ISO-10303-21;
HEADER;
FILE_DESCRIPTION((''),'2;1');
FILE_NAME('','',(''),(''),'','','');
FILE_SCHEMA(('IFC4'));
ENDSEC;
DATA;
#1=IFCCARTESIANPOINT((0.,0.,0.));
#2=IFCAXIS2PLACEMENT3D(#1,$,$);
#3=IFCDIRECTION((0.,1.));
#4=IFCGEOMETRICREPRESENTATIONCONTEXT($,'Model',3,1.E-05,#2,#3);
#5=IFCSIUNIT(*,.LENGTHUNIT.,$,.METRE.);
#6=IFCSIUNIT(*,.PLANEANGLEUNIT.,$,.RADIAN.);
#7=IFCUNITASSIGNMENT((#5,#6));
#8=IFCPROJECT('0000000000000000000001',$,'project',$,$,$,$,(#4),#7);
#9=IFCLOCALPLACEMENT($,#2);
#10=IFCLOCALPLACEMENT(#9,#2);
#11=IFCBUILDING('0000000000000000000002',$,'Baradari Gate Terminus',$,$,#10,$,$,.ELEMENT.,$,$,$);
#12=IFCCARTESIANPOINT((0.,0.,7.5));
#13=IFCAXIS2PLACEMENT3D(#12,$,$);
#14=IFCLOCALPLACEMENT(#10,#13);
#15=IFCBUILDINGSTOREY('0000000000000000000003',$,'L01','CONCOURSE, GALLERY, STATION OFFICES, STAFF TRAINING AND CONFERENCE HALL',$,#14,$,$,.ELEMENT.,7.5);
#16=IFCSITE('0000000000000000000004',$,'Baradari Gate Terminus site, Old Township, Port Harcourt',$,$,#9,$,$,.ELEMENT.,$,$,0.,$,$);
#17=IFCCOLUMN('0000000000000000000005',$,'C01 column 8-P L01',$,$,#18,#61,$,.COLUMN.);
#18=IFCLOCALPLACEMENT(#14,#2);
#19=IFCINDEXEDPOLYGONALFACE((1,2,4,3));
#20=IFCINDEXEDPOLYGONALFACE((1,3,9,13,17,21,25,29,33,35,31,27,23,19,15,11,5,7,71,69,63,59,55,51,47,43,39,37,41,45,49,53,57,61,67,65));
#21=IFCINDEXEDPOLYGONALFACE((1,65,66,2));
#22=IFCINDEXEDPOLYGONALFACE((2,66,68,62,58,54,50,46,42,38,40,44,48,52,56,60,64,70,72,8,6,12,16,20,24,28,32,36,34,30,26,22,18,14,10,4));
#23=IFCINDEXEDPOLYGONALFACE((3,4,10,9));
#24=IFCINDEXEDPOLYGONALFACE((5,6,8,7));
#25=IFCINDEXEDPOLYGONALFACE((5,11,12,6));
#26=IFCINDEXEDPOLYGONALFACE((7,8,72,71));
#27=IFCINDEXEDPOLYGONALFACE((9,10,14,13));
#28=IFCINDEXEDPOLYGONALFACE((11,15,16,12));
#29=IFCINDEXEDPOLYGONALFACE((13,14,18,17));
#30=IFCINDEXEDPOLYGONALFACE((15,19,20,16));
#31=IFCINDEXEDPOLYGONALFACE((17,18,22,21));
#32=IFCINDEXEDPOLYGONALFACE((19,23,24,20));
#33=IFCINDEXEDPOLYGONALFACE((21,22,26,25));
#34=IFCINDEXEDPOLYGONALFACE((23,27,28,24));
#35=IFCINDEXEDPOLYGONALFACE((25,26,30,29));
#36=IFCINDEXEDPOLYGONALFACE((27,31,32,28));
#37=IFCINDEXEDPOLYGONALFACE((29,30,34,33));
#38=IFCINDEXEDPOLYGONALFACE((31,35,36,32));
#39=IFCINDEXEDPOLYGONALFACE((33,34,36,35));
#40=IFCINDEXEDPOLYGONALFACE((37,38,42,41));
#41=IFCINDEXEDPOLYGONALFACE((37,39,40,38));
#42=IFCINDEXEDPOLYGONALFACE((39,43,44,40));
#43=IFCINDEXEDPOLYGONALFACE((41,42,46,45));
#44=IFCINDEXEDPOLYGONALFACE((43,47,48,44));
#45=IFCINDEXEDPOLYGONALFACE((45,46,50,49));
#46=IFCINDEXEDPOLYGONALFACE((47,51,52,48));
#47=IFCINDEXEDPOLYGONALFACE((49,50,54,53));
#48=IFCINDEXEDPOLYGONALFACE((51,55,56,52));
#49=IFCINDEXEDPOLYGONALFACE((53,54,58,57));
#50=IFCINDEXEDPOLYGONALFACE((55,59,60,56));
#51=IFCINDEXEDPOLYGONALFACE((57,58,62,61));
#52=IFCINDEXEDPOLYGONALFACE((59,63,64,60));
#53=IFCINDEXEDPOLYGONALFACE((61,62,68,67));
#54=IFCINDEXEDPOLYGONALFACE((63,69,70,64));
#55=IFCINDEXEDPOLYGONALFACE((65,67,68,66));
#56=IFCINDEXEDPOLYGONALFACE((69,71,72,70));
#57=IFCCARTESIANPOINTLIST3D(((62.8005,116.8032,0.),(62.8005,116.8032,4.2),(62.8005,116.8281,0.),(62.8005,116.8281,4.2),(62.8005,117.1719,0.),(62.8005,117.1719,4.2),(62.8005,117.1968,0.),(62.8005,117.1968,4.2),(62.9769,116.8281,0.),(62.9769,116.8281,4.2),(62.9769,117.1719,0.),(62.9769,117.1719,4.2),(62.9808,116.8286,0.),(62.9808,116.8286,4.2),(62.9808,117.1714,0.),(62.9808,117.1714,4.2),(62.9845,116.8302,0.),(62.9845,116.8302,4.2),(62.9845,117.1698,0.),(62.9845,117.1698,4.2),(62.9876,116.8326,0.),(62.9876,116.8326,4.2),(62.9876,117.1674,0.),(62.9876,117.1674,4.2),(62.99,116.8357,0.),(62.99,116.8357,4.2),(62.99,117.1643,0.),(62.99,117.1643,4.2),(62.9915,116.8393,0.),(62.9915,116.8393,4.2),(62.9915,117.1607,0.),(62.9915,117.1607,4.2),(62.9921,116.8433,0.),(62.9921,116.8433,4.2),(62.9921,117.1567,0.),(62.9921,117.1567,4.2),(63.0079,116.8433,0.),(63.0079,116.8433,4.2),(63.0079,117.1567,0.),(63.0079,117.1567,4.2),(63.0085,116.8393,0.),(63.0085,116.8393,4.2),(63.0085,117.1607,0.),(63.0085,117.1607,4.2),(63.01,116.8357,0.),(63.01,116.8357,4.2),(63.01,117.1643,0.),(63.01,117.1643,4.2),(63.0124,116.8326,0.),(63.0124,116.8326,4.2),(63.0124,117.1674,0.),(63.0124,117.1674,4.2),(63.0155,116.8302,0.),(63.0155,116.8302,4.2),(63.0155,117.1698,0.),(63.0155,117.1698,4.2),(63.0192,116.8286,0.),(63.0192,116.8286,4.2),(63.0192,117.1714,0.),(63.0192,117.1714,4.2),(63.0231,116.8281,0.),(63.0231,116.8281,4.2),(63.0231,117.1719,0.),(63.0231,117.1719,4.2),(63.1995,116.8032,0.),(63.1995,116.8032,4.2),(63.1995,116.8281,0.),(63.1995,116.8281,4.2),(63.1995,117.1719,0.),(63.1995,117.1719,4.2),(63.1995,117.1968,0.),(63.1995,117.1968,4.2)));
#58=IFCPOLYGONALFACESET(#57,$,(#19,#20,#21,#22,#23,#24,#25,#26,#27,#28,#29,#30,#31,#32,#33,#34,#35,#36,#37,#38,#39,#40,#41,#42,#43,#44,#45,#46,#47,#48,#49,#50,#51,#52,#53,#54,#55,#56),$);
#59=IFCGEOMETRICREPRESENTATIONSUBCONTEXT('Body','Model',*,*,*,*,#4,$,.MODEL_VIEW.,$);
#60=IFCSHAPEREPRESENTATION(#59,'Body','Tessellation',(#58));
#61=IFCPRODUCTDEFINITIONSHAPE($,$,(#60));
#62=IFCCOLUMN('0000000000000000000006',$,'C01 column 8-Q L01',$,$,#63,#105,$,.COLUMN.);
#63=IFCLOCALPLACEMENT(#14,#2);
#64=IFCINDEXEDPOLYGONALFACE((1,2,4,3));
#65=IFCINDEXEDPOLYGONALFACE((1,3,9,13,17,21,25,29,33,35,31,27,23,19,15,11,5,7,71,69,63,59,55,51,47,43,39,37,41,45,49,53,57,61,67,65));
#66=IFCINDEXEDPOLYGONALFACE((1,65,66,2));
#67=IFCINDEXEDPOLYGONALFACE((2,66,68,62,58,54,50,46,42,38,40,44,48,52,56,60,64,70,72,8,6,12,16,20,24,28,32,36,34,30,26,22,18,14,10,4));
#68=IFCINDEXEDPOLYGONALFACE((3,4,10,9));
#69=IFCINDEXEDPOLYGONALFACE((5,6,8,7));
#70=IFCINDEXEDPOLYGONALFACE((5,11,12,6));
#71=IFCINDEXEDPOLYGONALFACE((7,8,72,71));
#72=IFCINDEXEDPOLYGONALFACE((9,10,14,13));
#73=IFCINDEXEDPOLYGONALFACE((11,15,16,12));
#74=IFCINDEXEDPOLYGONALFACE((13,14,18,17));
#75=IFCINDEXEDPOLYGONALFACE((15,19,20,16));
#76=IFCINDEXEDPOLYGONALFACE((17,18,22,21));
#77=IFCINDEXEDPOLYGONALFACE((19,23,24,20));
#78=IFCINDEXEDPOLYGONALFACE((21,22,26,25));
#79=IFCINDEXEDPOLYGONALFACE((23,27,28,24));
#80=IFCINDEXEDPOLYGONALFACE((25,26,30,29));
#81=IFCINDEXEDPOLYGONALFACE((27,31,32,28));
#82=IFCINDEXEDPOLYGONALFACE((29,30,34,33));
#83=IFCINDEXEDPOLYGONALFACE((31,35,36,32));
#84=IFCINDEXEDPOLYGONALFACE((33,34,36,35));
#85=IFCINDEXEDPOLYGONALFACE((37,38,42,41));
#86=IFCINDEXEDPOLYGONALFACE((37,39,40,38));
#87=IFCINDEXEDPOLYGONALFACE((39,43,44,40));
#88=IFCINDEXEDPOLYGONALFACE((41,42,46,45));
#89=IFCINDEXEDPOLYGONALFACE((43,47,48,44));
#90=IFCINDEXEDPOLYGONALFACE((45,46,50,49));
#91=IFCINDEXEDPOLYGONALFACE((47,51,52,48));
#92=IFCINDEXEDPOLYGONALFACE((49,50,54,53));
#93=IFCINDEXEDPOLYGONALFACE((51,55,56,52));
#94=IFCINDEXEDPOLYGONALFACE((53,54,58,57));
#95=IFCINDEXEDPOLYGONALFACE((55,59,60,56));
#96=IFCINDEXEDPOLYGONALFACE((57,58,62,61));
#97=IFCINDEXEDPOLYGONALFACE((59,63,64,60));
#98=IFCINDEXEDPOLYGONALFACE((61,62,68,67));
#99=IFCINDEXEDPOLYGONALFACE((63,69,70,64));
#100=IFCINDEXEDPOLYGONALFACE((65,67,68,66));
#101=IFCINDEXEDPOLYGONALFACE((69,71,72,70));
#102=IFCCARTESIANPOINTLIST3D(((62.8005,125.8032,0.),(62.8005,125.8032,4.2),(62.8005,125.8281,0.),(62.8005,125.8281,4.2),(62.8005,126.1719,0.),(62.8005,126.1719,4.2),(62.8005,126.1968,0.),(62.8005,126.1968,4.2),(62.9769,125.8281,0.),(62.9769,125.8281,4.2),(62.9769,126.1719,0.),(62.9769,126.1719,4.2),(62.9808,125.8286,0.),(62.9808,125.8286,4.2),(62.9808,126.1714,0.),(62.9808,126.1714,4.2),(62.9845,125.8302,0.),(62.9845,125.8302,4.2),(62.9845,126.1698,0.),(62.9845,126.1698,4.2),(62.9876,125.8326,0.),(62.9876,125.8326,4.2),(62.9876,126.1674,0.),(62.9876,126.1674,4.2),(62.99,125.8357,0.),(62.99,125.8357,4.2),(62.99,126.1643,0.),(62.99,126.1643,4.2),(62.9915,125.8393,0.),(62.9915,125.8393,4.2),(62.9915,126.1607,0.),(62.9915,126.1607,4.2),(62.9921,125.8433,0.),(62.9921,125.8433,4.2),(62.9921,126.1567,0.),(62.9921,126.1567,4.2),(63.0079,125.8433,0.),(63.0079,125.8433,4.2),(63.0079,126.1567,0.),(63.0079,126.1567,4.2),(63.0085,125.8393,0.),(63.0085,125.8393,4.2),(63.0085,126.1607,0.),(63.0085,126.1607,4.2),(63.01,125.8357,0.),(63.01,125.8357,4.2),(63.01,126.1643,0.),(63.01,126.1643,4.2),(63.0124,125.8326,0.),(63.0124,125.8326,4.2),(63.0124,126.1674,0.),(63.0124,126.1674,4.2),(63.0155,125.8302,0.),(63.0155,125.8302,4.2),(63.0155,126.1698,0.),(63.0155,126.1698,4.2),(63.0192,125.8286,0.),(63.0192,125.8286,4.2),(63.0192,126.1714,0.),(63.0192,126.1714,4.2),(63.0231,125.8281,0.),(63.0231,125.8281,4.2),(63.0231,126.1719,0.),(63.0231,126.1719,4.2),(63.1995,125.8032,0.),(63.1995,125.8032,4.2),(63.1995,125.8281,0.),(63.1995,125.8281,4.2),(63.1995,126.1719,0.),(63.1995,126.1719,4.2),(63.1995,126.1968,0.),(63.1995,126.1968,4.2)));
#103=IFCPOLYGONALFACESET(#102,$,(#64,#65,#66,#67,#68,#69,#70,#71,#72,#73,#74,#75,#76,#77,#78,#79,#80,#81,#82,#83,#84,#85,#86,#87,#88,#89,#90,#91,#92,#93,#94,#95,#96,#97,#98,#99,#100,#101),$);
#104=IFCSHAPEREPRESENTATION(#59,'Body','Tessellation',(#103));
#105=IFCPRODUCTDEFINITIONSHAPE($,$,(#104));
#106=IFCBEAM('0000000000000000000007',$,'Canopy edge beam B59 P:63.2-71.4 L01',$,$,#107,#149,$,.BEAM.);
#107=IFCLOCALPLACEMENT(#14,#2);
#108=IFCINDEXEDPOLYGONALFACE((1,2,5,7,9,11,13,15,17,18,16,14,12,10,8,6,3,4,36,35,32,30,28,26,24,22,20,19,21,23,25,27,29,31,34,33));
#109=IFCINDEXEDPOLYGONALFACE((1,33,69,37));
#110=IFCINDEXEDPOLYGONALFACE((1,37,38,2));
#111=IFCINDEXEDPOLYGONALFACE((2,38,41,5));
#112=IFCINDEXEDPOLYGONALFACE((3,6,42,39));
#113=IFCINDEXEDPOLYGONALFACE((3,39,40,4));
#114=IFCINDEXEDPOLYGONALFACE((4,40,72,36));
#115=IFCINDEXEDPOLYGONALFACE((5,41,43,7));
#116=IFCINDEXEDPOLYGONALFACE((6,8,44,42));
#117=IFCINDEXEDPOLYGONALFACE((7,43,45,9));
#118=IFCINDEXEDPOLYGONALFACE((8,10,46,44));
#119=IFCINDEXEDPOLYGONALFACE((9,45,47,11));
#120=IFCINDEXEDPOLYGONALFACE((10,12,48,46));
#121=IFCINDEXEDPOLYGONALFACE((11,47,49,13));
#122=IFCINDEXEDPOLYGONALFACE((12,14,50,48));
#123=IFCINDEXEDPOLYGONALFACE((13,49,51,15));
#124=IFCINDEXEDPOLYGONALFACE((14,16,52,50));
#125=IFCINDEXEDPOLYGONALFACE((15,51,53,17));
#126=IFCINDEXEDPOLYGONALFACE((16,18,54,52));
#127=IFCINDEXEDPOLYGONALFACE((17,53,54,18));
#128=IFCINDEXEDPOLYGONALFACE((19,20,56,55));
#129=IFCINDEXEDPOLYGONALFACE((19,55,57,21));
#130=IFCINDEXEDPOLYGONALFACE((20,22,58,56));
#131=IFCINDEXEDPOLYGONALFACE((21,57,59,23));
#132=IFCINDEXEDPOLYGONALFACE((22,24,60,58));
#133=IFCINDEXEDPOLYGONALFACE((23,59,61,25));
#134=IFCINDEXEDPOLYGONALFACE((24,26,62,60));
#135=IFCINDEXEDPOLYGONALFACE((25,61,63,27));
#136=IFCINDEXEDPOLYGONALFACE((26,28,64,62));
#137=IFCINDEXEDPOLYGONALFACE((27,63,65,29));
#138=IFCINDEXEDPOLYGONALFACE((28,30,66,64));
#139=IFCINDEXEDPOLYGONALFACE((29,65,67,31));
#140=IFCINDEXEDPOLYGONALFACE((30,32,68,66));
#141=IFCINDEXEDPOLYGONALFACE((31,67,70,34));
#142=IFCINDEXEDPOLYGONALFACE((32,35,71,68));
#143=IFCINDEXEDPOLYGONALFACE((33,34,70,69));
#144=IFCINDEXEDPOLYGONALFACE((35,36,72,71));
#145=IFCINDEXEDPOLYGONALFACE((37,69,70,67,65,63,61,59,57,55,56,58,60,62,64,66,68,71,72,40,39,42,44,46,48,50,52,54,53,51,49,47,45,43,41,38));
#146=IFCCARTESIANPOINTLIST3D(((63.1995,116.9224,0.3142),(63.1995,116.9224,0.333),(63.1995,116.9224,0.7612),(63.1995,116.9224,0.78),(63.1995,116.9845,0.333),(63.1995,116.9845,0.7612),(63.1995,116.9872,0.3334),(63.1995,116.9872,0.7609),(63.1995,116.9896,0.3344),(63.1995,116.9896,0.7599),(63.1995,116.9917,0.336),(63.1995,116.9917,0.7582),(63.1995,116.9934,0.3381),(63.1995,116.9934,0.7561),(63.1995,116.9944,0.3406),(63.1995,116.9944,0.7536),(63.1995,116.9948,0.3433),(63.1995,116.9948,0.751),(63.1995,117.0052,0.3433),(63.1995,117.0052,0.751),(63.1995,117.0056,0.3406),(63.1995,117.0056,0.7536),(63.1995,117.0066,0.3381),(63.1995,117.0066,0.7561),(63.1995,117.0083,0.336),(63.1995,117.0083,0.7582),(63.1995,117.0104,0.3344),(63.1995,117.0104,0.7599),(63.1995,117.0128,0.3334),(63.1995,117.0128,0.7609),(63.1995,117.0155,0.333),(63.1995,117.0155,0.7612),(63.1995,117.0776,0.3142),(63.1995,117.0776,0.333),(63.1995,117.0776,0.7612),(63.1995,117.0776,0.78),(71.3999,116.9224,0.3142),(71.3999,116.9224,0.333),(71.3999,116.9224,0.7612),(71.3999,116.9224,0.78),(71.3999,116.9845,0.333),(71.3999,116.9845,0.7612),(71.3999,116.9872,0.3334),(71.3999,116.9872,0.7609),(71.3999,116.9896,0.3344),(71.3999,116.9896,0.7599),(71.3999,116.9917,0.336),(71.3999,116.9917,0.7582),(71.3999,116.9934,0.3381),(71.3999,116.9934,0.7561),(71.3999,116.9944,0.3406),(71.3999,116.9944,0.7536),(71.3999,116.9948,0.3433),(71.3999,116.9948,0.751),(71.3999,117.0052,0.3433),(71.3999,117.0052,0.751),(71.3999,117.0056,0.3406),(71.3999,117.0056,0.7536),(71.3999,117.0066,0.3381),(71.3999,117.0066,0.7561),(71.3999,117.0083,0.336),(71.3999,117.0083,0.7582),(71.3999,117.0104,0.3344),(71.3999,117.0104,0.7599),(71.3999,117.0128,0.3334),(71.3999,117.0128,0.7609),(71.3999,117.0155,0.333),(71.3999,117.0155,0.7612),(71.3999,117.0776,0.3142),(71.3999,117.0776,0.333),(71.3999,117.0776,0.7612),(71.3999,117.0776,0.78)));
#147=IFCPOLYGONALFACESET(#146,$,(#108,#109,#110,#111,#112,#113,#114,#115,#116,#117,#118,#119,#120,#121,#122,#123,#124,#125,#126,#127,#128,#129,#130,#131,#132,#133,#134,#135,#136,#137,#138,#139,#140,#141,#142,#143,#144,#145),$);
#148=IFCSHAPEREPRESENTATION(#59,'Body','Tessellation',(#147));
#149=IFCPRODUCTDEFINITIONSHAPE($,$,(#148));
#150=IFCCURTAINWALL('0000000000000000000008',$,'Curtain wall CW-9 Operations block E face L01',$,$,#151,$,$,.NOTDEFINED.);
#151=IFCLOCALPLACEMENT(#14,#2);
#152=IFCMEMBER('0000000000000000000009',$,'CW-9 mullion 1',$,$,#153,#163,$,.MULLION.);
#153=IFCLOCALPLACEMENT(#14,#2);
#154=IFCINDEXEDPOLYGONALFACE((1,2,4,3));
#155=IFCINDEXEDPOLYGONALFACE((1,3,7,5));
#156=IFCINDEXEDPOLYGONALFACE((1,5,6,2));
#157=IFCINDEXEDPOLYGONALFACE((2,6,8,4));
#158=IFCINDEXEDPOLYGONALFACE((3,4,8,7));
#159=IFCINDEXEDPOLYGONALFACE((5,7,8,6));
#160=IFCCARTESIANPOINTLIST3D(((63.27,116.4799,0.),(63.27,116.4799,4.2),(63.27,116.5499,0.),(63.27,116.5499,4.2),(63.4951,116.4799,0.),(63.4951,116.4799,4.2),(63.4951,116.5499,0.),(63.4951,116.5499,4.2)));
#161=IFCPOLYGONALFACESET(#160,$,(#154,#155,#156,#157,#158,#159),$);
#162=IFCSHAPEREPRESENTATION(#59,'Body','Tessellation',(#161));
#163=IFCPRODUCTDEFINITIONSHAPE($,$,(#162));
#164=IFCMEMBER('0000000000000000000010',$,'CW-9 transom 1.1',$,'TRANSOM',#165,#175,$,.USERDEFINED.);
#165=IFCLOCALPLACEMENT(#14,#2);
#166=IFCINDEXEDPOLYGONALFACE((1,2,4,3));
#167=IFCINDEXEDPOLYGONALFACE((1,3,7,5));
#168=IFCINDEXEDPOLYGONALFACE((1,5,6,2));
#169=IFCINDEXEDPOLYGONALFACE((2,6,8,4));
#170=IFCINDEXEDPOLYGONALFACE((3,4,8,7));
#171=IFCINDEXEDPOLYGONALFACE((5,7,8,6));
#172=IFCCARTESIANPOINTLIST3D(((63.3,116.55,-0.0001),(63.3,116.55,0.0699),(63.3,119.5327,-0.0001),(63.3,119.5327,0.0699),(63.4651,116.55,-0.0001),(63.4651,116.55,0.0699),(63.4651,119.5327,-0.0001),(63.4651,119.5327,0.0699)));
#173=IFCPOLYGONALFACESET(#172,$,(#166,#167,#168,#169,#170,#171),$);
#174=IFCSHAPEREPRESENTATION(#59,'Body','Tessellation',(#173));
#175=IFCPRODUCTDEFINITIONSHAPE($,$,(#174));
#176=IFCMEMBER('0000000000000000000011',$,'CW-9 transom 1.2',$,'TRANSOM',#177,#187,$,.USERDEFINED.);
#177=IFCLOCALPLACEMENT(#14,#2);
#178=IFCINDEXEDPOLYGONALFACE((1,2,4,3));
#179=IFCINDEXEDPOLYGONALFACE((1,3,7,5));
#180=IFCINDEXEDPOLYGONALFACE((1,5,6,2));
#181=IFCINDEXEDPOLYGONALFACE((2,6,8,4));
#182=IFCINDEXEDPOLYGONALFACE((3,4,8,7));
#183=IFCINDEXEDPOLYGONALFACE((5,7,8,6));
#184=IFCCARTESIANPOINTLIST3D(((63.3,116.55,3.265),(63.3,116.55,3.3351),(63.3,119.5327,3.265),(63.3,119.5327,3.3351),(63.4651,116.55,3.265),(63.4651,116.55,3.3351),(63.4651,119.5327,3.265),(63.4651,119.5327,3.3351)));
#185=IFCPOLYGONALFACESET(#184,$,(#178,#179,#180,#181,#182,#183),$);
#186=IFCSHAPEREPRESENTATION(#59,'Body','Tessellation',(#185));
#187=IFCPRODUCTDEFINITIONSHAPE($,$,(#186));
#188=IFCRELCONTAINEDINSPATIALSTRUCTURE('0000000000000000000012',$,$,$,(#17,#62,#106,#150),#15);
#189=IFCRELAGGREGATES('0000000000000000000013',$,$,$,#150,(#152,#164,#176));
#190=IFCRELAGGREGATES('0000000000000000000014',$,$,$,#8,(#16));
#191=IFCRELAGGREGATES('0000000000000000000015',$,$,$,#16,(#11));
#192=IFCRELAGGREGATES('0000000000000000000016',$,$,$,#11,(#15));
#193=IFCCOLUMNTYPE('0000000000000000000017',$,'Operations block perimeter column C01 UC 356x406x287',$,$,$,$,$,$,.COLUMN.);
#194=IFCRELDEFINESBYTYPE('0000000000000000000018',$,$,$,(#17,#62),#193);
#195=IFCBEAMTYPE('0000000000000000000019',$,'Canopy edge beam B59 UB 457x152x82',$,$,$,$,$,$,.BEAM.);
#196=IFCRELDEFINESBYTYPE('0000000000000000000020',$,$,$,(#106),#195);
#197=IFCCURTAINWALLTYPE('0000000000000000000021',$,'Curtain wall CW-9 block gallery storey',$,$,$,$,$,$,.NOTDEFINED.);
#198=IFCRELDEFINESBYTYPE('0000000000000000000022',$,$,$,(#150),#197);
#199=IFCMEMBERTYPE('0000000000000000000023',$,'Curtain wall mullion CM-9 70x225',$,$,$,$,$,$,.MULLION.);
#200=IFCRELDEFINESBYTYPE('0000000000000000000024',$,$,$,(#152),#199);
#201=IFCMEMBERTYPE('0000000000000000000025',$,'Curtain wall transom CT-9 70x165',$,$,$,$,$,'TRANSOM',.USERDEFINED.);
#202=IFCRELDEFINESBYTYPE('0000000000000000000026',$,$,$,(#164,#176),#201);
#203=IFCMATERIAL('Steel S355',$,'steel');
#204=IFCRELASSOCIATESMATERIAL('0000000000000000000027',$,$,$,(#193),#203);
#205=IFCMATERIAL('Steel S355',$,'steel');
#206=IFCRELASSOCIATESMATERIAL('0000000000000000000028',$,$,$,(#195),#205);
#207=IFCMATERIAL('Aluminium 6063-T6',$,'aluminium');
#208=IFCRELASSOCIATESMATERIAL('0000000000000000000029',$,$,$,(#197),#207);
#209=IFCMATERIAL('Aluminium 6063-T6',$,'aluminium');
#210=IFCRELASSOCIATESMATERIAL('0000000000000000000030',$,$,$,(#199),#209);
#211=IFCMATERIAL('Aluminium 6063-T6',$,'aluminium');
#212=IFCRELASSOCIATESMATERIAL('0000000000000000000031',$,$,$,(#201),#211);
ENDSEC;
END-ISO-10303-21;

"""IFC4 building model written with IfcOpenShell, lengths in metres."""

from ifc_helpers import new_model, si_unit, direction, frame, origin, origin_2d, place, context, subcontext, project, spatial, rectangle, i_section, extrude, material, material_profile, profile_set, type_object, element, aggregate, save


model = new_model("IFC4")

# Units and contexts
model_context = context("Model", 3, precision=1e-05, world=origin(), true_north=direction((0.0, 1.0)))
body_context = subcontext(model_context, "Body", "Model", "MODEL_VIEW")
ifc_project = project(units=[si_unit("LENGTHUNIT", "METRE"), si_unit("PLANEANGLEUNIT", "RADIAN")], contexts=[model_context])

# Site, building, storey
site_placement = place(None, origin())
site = spatial("IfcSite", under=ifc_project, at=site_placement, Name="Baradari Gate Terminus site, Old Township, Port Harcourt", CompositionType="ELEMENT", RefElevation=0.0)
building_placement = place(site_placement, origin())
building = spatial("IfcBuilding", under=site, at=building_placement, Name="Baradari Gate Terminus", CompositionType="ELEMENT")
storey_placement = place(building_placement, frame((0.0, 0.0, 7.5)))
storey = spatial("IfcBuildingStorey", under=building, at=storey_placement, Name="L01", Description="CONCOURSE, GALLERY, STATION OFFICES, STAFF TRAINING AND CONFERENCE HALL", CompositionType="ELEMENT", Elevation=7.5)

# Columns
ifc_material_1 = material(Name="Steel S355", Category="steel")
ifc_material_profile_1 = material_profile(ifc_material_1, i_section(OverallWidth=0.3989, OverallDepth=0.3936, WebThickness=0.0159, FlangeThickness=0.0249, FilletRadius=0.0151, at=origin_2d()), Name="UC 356x406x287")
ifc_profile_set_1 = profile_set([ifc_material_profile_1], Name="Steel S355")
column_type = type_object("IfcColumnType", Name="Operations block perimeter column C01 UC 356x406x287", PredefinedType="COLUMN", material=ifc_profile_set_1)
for number, where, z_axis, x_axis, name in (
    (1, (63.0, 117.0, 0.0), (0.0, 0.0, 1.0), (1.0, 0.0, 0.0), "C01 column 8-P L01"),
    (2, (63.0, 126.0, 0.0), (0.0, 0.0, 1.0), (1.0, 0.0, 0.0), "C01 column 8-Q L01"),
):
    element("IfcColumn", number, at=place(storey_placement, frame(where, z_axis=z_axis, x_axis=x_axis)), inside=storey, type_object=column_type, Name=name, PredefinedType="COLUMN", context=body_context, shape_type="SweptSolid", body=[
        extrude(i_section(OverallWidth=0.3989, OverallDepth=0.3936, WebThickness=0.0159, FlangeThickness=0.0249, FilletRadius=0.0151, at=origin_2d()), origin(), (0.0, 0.0, 1.0), 4.2),
    ])

# Beam
ifc_material_2 = material(Name="Steel S355", Category="steel")
ifc_material_profile_2 = material_profile(ifc_material_2, i_section(OverallWidth=0.1553, OverallDepth=0.4658, WebThickness=0.0105, FlangeThickness=0.0188, FilletRadius=0.0103, at=origin_2d()), Name="UB 457x152x82")
ifc_profile_set_2 = profile_set([ifc_material_profile_2], Name="Steel S355")
beam_type_1 = type_object("IfcBeamType", Name="Canopy edge beam B59 UB 457x152x82", PredefinedType="BEAM", material=ifc_profile_set_2)
beam_1_placement = place(storey_placement, frame((63.1995, 117.0, 0.5471), z_axis=(1.0, 0.0, 0.0), x_axis=(0.0, 1.0, 0.0)))
element("IfcBeam", 3, at=beam_1_placement, inside=storey, type_object=beam_type_1, Name="Canopy edge beam B59 P:63.2-71.4 L01", PredefinedType="BEAM", context=body_context, shape_type="SweptSolid", body=[
    extrude(i_section(OverallWidth=0.1553, OverallDepth=0.4658, WebThickness=0.0105, FlangeThickness=0.0188, FilletRadius=0.0103, at=origin_2d()), origin(), (0.0, 0.0, 1.0), 8.2004),
])

# Curtain wall, members
ifc_material_3 = material(Name="Aluminium 6063-T6", Category="aluminium")
curtain_wall_type = type_object("IfcCurtainWallType", Name="Curtain wall CW-9 block gallery storey", PredefinedType="NOTDEFINED", material=ifc_material_3)
curtain_wall_placement = place(storey_placement, origin())
curtain_wall = element("IfcCurtainWall", 4, at=curtain_wall_placement, inside=storey, type_object=curtain_wall_type, Name="Curtain wall CW-9 Operations block E face L01", PredefinedType="NOTDEFINED")
ifc_material_4 = material(Name="Aluminium 6063-T6", Category="aluminium")
ifc_material_profile_3 = material_profile(ifc_material_4, rectangle(XDim=0.2251, YDim=0.0701, at=origin_2d()), Name="CM-9 70X225")
ifc_profile_set_3 = profile_set([ifc_material_profile_3], Name="Aluminium 6063-T6")
member_type_1 = type_object("IfcMemberType", Name="Curtain wall mullion CM-9 70x225", PredefinedType="MULLION", material=ifc_profile_set_3)
member_1_placement = place(storey_placement, frame((63.3826, 116.5149, 0.0), z_axis=(0.0, 0.0, 1.0), x_axis=(-1.0, 0.0, 0.0)))
member_1 = element("IfcMember", 5, at=member_1_placement, type_object=member_type_1, Name="CW-9 mullion 1", PredefinedType="MULLION", context=body_context, shape_type="SweptSolid", body=[
    extrude(rectangle(XDim=0.2251, YDim=0.0701, at=origin_2d()), origin(), (0.0, 0.0, 1.0), 4.2),
])
ifc_material_5 = material(Name="Aluminium 6063-T6", Category="aluminium")
ifc_material_profile_4 = material_profile(ifc_material_5, rectangle(XDim=0.165, YDim=0.0701, at=origin_2d()), Name="CT-9 70X165")
ifc_profile_set_4 = profile_set([ifc_material_profile_4], Name="Aluminium 6063-T6")
member_type_2 = type_object("IfcMemberType", Name="Curtain wall transom CT-9 70x165", ElementType="TRANSOM", PredefinedType="USERDEFINED", material=ifc_profile_set_4)
member_2_placement = place(storey_placement, frame((63.3826, 116.55, 0.0349), z_axis=(0.0, 1.0, 0.0), x_axis=(-1.0, 0.0, 0.0)))
member_2 = element("IfcMember", 6, at=member_2_placement, type_object=member_type_2, Name="CW-9 transom 1.1", ObjectType="TRANSOM", PredefinedType="USERDEFINED", context=body_context, shape_type="SweptSolid", body=[
    extrude(rectangle(XDim=0.165, YDim=0.0701, at=origin_2d()), origin(), (0.0, 0.0, 1.0), 2.9827),
])
member_3_placement = place(storey_placement, frame((63.3826, 116.55, 3.3), z_axis=(0.0, 1.0, 0.0), x_axis=(-1.0, 0.0, 0.0)))
member_3 = element("IfcMember", 7, at=member_3_placement, type_object=member_type_2, Name="CW-9 transom 1.2", ObjectType="TRANSOM", PredefinedType="USERDEFINED", context=body_context, shape_type="SweptSolid", body=[
    extrude(rectangle(XDim=0.165, YDim=0.0701, at=origin_2d()), origin(), (0.0, 0.0, 1.0), 2.9827),
])

aggregate(curtain_wall, [member_1, member_2, member_3])

save(model, "model.ifc")
